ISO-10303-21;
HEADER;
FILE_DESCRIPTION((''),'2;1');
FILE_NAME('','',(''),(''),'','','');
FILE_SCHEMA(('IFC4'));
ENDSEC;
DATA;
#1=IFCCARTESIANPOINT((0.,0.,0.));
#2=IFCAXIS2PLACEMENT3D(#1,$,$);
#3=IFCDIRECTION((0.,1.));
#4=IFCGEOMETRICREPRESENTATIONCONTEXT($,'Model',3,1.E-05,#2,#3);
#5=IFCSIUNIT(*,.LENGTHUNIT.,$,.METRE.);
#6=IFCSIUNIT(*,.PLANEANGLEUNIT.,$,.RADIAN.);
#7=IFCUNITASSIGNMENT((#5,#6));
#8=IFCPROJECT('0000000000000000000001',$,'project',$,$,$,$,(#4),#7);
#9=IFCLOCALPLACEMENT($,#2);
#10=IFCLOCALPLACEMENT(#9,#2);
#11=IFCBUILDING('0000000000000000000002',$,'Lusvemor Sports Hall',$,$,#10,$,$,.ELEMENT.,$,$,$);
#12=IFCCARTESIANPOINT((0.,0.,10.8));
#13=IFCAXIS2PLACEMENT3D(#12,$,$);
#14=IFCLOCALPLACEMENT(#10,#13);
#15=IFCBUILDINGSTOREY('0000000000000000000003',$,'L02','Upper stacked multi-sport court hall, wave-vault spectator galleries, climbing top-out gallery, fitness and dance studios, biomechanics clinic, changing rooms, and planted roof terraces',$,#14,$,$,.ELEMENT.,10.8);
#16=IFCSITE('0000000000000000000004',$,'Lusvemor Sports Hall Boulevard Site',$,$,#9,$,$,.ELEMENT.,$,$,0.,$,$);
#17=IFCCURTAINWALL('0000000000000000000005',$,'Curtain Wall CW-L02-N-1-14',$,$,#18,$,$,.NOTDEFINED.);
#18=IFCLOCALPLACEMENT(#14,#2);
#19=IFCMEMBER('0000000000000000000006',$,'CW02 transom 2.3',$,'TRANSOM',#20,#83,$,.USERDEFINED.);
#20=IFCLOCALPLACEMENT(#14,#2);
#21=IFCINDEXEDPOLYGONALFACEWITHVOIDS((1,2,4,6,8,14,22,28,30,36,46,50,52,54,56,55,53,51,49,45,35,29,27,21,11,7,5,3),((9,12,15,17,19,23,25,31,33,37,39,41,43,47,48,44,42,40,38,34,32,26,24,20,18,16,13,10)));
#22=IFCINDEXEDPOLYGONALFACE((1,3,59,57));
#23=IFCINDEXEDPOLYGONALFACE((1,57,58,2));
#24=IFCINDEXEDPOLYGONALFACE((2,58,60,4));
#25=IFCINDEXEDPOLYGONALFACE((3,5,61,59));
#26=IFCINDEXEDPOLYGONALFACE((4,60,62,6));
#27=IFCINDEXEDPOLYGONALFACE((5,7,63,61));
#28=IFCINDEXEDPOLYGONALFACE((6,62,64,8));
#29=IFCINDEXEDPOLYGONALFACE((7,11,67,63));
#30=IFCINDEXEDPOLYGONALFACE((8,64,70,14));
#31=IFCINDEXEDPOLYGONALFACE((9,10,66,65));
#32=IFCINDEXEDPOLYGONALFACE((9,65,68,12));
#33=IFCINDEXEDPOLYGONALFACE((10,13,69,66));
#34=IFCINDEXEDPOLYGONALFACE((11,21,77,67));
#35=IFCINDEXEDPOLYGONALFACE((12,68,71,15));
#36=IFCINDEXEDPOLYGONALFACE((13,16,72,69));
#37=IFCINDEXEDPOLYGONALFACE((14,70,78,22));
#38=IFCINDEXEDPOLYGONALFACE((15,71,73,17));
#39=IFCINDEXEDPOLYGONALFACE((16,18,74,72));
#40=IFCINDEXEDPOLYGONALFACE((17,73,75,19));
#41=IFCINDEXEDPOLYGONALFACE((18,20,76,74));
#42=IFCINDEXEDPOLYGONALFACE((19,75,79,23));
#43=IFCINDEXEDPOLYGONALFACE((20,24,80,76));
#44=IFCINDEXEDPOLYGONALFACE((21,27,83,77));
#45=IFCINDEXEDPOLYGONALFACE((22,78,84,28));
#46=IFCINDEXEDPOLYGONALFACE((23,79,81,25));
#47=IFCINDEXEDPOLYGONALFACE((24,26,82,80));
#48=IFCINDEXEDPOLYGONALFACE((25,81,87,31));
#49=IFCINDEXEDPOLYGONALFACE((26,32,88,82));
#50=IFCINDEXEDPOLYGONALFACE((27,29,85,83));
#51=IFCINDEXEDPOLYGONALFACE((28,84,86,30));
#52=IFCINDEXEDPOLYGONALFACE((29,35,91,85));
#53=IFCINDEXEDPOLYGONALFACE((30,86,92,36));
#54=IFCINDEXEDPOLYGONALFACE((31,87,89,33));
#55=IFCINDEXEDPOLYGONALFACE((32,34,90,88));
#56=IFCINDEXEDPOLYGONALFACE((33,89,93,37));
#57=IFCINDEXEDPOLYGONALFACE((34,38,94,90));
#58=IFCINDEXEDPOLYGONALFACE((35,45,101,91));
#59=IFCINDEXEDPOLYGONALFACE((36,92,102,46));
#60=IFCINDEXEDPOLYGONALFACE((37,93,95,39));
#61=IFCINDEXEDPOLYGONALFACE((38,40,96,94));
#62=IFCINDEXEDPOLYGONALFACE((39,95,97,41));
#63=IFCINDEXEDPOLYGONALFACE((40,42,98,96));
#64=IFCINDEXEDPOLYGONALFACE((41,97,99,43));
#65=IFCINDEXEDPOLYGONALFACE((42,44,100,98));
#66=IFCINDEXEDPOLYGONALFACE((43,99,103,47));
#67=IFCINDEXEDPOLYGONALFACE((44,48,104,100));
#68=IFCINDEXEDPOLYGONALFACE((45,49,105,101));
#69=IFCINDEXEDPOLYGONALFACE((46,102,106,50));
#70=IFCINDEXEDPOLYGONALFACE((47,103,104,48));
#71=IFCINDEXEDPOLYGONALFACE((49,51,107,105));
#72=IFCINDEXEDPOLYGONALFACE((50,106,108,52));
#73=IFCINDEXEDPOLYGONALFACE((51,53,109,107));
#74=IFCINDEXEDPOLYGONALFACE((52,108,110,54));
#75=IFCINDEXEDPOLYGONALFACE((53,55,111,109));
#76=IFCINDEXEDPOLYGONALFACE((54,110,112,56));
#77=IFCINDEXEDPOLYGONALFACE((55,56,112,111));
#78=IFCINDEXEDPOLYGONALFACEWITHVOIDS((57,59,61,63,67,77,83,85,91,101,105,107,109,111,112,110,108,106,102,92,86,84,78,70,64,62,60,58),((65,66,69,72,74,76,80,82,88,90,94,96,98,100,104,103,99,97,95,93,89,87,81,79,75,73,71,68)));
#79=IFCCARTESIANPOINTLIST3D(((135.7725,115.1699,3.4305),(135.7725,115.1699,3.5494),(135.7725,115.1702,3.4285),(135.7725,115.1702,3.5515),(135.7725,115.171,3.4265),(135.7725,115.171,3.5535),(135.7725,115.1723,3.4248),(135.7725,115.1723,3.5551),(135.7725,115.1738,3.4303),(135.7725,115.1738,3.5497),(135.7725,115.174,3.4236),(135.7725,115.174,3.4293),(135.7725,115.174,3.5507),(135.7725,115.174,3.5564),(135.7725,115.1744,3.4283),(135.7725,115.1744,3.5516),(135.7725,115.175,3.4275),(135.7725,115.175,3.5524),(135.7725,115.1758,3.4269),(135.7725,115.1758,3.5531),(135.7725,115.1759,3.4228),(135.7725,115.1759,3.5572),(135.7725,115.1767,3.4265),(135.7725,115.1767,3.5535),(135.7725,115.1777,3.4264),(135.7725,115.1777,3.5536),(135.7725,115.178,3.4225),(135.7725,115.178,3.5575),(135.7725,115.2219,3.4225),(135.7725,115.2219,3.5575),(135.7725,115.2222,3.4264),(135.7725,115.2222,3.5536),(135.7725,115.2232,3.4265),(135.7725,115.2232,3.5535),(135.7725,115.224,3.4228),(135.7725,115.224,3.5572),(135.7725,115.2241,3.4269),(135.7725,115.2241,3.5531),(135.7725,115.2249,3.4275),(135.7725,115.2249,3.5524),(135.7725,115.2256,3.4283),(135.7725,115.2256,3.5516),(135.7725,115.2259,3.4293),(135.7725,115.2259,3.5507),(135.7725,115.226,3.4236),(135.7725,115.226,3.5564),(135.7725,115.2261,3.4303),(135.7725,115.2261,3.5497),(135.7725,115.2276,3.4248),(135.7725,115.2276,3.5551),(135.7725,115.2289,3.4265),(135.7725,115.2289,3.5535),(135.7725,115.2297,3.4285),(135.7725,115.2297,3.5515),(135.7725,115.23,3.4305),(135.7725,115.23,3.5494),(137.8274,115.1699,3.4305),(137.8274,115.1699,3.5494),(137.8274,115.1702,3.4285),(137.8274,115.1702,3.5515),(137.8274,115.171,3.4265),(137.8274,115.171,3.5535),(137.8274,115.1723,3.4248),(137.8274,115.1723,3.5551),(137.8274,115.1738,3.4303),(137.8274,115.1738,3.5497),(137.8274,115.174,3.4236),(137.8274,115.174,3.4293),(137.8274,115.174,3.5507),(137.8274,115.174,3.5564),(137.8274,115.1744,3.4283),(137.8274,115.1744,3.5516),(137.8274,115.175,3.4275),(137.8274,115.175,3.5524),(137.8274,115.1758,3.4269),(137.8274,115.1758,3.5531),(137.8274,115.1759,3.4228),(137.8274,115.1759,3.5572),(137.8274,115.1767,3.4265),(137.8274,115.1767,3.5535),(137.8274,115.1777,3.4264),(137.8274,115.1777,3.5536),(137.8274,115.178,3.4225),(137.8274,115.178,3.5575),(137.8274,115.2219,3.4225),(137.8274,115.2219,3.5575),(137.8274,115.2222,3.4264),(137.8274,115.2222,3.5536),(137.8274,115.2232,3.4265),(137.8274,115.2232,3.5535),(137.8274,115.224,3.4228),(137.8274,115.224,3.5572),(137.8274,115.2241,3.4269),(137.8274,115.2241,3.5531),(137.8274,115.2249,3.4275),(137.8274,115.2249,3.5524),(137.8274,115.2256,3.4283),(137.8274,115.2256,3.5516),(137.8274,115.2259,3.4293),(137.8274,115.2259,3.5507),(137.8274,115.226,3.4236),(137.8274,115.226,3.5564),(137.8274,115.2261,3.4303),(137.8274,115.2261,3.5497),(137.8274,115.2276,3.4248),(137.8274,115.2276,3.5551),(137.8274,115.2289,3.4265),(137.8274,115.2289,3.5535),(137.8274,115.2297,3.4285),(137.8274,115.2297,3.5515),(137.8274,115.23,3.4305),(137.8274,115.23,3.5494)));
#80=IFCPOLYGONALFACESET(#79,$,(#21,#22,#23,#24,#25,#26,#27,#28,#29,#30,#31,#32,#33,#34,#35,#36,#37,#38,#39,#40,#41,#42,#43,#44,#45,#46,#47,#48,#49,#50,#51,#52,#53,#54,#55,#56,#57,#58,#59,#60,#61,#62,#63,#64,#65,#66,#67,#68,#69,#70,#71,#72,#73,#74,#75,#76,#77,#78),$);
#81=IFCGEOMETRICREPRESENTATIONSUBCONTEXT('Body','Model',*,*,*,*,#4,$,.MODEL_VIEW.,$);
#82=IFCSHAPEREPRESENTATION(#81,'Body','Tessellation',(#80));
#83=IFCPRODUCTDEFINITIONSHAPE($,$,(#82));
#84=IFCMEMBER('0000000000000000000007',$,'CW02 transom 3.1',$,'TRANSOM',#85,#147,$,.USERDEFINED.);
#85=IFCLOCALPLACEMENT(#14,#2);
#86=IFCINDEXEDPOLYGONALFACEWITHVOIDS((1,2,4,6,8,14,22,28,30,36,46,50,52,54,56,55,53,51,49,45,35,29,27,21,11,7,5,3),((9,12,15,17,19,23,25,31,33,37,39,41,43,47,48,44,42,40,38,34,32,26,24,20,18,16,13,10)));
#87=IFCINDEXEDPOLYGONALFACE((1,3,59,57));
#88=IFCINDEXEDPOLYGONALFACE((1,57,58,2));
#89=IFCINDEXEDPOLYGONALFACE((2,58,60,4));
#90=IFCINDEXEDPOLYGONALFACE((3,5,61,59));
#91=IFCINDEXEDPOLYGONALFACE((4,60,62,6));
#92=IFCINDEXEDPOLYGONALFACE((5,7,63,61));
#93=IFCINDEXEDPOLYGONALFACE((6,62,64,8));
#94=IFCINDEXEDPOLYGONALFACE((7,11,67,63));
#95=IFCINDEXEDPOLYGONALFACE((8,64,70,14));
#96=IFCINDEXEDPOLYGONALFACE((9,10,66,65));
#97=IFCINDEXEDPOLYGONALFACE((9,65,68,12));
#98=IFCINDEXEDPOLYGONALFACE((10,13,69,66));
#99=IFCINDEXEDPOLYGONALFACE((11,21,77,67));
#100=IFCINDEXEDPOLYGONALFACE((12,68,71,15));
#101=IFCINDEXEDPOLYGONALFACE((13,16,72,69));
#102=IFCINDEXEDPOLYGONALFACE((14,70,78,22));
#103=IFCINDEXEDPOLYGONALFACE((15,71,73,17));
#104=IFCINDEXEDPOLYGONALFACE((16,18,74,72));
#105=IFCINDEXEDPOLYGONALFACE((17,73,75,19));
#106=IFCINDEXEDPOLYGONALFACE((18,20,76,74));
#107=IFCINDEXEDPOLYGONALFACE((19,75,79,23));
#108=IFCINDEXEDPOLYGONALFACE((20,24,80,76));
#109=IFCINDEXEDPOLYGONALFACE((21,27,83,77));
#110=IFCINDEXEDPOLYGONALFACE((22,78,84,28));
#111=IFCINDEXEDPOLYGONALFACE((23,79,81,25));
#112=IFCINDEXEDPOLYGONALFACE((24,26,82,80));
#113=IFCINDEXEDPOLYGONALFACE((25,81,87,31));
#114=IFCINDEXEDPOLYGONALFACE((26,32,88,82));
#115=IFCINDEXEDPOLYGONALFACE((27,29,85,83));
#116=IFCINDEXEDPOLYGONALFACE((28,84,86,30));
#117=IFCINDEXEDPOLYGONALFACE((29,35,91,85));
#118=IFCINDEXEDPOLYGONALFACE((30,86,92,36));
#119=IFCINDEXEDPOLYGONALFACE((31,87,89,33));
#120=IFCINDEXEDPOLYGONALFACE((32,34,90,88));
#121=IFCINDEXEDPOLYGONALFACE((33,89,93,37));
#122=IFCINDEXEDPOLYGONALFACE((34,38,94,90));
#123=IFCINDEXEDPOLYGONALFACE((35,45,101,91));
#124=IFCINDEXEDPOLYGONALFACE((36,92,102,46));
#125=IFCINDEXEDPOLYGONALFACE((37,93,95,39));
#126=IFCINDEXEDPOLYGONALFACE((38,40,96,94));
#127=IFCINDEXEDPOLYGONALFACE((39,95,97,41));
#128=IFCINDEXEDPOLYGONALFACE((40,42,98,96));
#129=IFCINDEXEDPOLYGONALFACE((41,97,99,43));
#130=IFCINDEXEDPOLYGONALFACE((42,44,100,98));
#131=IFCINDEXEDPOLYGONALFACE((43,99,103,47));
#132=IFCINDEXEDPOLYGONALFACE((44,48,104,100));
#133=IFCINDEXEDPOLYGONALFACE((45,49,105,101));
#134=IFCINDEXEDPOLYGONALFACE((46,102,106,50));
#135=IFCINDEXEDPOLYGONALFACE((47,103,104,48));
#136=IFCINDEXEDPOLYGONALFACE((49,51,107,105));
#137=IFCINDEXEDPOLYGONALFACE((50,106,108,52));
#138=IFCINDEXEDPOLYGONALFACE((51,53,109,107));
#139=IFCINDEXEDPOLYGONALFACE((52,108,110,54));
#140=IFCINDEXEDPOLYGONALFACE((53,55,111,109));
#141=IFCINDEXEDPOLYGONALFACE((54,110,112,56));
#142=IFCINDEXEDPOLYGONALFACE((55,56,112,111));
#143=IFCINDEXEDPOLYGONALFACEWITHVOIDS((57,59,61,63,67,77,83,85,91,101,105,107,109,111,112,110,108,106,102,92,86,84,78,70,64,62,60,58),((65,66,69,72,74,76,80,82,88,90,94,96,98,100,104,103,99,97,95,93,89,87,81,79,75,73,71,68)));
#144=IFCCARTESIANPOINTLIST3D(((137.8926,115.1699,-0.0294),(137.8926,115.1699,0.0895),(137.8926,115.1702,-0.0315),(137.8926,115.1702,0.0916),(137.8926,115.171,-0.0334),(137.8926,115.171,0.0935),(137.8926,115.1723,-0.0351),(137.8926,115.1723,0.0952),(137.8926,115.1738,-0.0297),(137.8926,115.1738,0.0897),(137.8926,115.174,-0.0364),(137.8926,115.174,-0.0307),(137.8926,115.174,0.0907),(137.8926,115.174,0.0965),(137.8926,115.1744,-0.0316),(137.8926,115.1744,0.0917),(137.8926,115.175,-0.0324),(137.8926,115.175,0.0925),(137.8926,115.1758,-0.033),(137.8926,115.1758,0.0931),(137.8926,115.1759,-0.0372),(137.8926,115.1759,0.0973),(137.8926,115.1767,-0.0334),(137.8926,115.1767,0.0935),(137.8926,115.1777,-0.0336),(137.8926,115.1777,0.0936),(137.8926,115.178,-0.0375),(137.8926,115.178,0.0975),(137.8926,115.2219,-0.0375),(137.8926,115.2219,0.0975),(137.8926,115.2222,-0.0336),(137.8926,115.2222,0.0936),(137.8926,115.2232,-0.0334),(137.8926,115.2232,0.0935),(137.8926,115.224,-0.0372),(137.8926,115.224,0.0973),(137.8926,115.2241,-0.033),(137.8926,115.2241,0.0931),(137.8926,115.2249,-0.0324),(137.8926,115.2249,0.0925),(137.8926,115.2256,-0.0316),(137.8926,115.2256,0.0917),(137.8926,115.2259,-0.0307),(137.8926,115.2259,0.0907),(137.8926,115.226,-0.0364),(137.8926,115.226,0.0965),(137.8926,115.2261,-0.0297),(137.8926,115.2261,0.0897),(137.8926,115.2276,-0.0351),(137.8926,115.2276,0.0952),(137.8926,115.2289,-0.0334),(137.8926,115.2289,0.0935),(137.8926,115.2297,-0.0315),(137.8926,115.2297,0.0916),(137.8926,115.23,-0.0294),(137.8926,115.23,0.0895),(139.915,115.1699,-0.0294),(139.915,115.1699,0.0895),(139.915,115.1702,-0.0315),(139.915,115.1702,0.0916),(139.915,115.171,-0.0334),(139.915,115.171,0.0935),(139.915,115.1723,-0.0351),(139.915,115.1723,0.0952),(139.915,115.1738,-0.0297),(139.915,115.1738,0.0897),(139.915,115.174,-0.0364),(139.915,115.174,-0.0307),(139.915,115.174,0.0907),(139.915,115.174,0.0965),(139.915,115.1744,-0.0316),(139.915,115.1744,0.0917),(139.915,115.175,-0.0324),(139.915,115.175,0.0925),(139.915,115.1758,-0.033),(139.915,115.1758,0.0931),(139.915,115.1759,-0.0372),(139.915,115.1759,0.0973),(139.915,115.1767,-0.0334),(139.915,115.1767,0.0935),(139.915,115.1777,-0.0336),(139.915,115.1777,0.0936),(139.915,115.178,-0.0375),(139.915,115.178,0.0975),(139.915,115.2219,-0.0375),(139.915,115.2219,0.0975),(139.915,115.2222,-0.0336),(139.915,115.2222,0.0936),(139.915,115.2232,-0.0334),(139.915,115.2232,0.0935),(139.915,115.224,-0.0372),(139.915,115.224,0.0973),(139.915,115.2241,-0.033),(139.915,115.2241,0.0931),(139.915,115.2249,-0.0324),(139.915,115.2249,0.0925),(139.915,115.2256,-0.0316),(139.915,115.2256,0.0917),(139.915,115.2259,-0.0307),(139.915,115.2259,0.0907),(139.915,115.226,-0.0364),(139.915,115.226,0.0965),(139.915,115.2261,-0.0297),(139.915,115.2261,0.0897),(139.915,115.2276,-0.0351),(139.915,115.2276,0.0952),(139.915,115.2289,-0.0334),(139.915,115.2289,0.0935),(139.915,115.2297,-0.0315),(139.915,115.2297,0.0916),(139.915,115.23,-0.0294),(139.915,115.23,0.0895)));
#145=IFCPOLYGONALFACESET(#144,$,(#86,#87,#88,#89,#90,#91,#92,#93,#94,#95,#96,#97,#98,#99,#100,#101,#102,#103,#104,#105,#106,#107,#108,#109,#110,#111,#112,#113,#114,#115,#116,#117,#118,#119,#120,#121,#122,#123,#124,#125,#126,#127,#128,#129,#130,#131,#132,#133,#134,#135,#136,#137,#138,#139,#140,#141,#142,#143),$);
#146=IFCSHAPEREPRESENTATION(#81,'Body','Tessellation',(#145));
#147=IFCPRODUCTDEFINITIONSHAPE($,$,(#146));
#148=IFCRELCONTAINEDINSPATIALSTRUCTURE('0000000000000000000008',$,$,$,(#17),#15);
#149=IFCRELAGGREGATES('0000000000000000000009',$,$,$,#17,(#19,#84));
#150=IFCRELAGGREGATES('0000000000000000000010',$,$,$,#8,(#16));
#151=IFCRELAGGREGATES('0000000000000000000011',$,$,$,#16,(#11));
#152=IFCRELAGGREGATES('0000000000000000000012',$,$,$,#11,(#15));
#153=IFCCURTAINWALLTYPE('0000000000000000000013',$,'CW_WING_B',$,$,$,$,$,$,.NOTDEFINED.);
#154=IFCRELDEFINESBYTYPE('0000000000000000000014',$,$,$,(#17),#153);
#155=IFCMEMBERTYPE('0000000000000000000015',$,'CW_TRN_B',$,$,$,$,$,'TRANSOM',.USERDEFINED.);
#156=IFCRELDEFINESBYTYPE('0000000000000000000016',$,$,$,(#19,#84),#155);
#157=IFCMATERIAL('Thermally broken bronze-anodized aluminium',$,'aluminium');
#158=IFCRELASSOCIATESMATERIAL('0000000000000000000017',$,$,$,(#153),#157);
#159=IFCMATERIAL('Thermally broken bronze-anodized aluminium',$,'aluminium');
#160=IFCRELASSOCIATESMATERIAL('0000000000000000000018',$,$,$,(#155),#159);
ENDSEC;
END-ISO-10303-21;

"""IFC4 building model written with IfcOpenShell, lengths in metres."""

from ifc_helpers import new_model, si_unit, direction, frame, origin, origin_2d, place, context, subcontext, project, spatial, hollow_rectangle, extrude, material, material_profile, profile_set, type_object, element, aggregate, save


model = new_model("IFC4")

# Units and contexts
model_context = context("Model", 3, precision=1e-05, world=origin(), true_north=direction((0.0, 1.0)))
body_context = subcontext(model_context, "Body", "Model", "MODEL_VIEW")
ifc_project = project(units=[si_unit("LENGTHUNIT", "METRE"), si_unit("PLANEANGLEUNIT", "RADIAN")], contexts=[model_context])

# Site, building, storey
site_placement = place(None, origin())
site = spatial("IfcSite", under=ifc_project, at=site_placement, Name="Lusvemor Sports Hall Boulevard Site", CompositionType="ELEMENT", RefElevation=0.0)
building_placement = place(site_placement, origin())
building = spatial("IfcBuilding", under=site, at=building_placement, Name="Lusvemor Sports Hall", CompositionType="ELEMENT")
storey_placement = place(building_placement, frame((0.0, 0.0, 10.8)))
storey = spatial("IfcBuildingStorey", under=building, at=storey_placement, Name="L02", Description="Upper stacked multi-sport court hall, wave-vault spectator galleries, climbing top-out gallery, fitness and dance studios, biomechanics clinic, changing rooms, and planted roof terraces", CompositionType="ELEMENT", Elevation=10.8)

# Curtain wall, members
ifc_material_1 = material(Name="Thermally broken bronze-anodized aluminium", Category="aluminium")
curtain_wall_type = type_object("IfcCurtainWallType", Name="CW_WING_B", PredefinedType="NOTDEFINED", material=ifc_material_1)
curtain_wall_placement = place(storey_placement, origin())
curtain_wall = element("IfcCurtainWall", 1, at=curtain_wall_placement, inside=storey, type_object=curtain_wall_type, Name="Curtain Wall CW-L02-N-1-14", PredefinedType="NOTDEFINED")
ifc_material_2 = material(Name="Thermally broken bronze-anodized aluminium", Category="aluminium")
ifc_material_profile_1 = material_profile(ifc_material_2, hollow_rectangle(XDim=0.0601, YDim=0.135, WallThickness=0.0039, InnerFilletRadius=0.0039, OuterFilletRadius=0.0081, at=origin_2d()), Name="CWTRN135x60x4")
ifc_profile_set_1 = profile_set([ifc_material_profile_1], Name="Thermally broken bronze-anodized aluminium")
member_type_1 = type_object("IfcMemberType", Name="CW_TRN_B", ElementType="TRANSOM", PredefinedType="USERDEFINED", material=ifc_profile_set_1)
member_1_placement = place(storey_placement, frame((135.7725, 115.2, 3.49), z_axis=(1.0, 0.0, 0.0), x_axis=(0.0, 1.0, 0.0)))
member_1 = element("IfcMember", 2, at=member_1_placement, type_object=member_type_1, Name="CW02 transom 2.3", ObjectType="TRANSOM", PredefinedType="USERDEFINED", context=body_context, shape_type="SweptSolid", body=[
    extrude(hollow_rectangle(XDim=0.0601, YDim=0.135, WallThickness=0.0039, InnerFilletRadius=0.0039, OuterFilletRadius=0.0081, at=origin_2d()), origin(), (0.0, 0.0, 1.0), 2.0549),
])
member_2_placement = place(storey_placement, frame((137.8926, 115.2, 0.03), z_axis=(1.0, 0.0, 0.0), x_axis=(0.0, 1.0, 0.0)))
member_2 = element("IfcMember", 3, at=member_2_placement, type_object=member_type_1, Name="CW02 transom 3.1", ObjectType="TRANSOM", PredefinedType="USERDEFINED", context=body_context, shape_type="SweptSolid", body=[
    extrude(hollow_rectangle(XDim=0.0601, YDim=0.135, WallThickness=0.0039, InnerFilletRadius=0.0039, OuterFilletRadius=0.0081, at=origin_2d()), origin(), (0.0, 0.0, 1.0), 2.0225),
])

aggregate(curtain_wall, [member_1, member_2])

save(model, "model.ifc")
